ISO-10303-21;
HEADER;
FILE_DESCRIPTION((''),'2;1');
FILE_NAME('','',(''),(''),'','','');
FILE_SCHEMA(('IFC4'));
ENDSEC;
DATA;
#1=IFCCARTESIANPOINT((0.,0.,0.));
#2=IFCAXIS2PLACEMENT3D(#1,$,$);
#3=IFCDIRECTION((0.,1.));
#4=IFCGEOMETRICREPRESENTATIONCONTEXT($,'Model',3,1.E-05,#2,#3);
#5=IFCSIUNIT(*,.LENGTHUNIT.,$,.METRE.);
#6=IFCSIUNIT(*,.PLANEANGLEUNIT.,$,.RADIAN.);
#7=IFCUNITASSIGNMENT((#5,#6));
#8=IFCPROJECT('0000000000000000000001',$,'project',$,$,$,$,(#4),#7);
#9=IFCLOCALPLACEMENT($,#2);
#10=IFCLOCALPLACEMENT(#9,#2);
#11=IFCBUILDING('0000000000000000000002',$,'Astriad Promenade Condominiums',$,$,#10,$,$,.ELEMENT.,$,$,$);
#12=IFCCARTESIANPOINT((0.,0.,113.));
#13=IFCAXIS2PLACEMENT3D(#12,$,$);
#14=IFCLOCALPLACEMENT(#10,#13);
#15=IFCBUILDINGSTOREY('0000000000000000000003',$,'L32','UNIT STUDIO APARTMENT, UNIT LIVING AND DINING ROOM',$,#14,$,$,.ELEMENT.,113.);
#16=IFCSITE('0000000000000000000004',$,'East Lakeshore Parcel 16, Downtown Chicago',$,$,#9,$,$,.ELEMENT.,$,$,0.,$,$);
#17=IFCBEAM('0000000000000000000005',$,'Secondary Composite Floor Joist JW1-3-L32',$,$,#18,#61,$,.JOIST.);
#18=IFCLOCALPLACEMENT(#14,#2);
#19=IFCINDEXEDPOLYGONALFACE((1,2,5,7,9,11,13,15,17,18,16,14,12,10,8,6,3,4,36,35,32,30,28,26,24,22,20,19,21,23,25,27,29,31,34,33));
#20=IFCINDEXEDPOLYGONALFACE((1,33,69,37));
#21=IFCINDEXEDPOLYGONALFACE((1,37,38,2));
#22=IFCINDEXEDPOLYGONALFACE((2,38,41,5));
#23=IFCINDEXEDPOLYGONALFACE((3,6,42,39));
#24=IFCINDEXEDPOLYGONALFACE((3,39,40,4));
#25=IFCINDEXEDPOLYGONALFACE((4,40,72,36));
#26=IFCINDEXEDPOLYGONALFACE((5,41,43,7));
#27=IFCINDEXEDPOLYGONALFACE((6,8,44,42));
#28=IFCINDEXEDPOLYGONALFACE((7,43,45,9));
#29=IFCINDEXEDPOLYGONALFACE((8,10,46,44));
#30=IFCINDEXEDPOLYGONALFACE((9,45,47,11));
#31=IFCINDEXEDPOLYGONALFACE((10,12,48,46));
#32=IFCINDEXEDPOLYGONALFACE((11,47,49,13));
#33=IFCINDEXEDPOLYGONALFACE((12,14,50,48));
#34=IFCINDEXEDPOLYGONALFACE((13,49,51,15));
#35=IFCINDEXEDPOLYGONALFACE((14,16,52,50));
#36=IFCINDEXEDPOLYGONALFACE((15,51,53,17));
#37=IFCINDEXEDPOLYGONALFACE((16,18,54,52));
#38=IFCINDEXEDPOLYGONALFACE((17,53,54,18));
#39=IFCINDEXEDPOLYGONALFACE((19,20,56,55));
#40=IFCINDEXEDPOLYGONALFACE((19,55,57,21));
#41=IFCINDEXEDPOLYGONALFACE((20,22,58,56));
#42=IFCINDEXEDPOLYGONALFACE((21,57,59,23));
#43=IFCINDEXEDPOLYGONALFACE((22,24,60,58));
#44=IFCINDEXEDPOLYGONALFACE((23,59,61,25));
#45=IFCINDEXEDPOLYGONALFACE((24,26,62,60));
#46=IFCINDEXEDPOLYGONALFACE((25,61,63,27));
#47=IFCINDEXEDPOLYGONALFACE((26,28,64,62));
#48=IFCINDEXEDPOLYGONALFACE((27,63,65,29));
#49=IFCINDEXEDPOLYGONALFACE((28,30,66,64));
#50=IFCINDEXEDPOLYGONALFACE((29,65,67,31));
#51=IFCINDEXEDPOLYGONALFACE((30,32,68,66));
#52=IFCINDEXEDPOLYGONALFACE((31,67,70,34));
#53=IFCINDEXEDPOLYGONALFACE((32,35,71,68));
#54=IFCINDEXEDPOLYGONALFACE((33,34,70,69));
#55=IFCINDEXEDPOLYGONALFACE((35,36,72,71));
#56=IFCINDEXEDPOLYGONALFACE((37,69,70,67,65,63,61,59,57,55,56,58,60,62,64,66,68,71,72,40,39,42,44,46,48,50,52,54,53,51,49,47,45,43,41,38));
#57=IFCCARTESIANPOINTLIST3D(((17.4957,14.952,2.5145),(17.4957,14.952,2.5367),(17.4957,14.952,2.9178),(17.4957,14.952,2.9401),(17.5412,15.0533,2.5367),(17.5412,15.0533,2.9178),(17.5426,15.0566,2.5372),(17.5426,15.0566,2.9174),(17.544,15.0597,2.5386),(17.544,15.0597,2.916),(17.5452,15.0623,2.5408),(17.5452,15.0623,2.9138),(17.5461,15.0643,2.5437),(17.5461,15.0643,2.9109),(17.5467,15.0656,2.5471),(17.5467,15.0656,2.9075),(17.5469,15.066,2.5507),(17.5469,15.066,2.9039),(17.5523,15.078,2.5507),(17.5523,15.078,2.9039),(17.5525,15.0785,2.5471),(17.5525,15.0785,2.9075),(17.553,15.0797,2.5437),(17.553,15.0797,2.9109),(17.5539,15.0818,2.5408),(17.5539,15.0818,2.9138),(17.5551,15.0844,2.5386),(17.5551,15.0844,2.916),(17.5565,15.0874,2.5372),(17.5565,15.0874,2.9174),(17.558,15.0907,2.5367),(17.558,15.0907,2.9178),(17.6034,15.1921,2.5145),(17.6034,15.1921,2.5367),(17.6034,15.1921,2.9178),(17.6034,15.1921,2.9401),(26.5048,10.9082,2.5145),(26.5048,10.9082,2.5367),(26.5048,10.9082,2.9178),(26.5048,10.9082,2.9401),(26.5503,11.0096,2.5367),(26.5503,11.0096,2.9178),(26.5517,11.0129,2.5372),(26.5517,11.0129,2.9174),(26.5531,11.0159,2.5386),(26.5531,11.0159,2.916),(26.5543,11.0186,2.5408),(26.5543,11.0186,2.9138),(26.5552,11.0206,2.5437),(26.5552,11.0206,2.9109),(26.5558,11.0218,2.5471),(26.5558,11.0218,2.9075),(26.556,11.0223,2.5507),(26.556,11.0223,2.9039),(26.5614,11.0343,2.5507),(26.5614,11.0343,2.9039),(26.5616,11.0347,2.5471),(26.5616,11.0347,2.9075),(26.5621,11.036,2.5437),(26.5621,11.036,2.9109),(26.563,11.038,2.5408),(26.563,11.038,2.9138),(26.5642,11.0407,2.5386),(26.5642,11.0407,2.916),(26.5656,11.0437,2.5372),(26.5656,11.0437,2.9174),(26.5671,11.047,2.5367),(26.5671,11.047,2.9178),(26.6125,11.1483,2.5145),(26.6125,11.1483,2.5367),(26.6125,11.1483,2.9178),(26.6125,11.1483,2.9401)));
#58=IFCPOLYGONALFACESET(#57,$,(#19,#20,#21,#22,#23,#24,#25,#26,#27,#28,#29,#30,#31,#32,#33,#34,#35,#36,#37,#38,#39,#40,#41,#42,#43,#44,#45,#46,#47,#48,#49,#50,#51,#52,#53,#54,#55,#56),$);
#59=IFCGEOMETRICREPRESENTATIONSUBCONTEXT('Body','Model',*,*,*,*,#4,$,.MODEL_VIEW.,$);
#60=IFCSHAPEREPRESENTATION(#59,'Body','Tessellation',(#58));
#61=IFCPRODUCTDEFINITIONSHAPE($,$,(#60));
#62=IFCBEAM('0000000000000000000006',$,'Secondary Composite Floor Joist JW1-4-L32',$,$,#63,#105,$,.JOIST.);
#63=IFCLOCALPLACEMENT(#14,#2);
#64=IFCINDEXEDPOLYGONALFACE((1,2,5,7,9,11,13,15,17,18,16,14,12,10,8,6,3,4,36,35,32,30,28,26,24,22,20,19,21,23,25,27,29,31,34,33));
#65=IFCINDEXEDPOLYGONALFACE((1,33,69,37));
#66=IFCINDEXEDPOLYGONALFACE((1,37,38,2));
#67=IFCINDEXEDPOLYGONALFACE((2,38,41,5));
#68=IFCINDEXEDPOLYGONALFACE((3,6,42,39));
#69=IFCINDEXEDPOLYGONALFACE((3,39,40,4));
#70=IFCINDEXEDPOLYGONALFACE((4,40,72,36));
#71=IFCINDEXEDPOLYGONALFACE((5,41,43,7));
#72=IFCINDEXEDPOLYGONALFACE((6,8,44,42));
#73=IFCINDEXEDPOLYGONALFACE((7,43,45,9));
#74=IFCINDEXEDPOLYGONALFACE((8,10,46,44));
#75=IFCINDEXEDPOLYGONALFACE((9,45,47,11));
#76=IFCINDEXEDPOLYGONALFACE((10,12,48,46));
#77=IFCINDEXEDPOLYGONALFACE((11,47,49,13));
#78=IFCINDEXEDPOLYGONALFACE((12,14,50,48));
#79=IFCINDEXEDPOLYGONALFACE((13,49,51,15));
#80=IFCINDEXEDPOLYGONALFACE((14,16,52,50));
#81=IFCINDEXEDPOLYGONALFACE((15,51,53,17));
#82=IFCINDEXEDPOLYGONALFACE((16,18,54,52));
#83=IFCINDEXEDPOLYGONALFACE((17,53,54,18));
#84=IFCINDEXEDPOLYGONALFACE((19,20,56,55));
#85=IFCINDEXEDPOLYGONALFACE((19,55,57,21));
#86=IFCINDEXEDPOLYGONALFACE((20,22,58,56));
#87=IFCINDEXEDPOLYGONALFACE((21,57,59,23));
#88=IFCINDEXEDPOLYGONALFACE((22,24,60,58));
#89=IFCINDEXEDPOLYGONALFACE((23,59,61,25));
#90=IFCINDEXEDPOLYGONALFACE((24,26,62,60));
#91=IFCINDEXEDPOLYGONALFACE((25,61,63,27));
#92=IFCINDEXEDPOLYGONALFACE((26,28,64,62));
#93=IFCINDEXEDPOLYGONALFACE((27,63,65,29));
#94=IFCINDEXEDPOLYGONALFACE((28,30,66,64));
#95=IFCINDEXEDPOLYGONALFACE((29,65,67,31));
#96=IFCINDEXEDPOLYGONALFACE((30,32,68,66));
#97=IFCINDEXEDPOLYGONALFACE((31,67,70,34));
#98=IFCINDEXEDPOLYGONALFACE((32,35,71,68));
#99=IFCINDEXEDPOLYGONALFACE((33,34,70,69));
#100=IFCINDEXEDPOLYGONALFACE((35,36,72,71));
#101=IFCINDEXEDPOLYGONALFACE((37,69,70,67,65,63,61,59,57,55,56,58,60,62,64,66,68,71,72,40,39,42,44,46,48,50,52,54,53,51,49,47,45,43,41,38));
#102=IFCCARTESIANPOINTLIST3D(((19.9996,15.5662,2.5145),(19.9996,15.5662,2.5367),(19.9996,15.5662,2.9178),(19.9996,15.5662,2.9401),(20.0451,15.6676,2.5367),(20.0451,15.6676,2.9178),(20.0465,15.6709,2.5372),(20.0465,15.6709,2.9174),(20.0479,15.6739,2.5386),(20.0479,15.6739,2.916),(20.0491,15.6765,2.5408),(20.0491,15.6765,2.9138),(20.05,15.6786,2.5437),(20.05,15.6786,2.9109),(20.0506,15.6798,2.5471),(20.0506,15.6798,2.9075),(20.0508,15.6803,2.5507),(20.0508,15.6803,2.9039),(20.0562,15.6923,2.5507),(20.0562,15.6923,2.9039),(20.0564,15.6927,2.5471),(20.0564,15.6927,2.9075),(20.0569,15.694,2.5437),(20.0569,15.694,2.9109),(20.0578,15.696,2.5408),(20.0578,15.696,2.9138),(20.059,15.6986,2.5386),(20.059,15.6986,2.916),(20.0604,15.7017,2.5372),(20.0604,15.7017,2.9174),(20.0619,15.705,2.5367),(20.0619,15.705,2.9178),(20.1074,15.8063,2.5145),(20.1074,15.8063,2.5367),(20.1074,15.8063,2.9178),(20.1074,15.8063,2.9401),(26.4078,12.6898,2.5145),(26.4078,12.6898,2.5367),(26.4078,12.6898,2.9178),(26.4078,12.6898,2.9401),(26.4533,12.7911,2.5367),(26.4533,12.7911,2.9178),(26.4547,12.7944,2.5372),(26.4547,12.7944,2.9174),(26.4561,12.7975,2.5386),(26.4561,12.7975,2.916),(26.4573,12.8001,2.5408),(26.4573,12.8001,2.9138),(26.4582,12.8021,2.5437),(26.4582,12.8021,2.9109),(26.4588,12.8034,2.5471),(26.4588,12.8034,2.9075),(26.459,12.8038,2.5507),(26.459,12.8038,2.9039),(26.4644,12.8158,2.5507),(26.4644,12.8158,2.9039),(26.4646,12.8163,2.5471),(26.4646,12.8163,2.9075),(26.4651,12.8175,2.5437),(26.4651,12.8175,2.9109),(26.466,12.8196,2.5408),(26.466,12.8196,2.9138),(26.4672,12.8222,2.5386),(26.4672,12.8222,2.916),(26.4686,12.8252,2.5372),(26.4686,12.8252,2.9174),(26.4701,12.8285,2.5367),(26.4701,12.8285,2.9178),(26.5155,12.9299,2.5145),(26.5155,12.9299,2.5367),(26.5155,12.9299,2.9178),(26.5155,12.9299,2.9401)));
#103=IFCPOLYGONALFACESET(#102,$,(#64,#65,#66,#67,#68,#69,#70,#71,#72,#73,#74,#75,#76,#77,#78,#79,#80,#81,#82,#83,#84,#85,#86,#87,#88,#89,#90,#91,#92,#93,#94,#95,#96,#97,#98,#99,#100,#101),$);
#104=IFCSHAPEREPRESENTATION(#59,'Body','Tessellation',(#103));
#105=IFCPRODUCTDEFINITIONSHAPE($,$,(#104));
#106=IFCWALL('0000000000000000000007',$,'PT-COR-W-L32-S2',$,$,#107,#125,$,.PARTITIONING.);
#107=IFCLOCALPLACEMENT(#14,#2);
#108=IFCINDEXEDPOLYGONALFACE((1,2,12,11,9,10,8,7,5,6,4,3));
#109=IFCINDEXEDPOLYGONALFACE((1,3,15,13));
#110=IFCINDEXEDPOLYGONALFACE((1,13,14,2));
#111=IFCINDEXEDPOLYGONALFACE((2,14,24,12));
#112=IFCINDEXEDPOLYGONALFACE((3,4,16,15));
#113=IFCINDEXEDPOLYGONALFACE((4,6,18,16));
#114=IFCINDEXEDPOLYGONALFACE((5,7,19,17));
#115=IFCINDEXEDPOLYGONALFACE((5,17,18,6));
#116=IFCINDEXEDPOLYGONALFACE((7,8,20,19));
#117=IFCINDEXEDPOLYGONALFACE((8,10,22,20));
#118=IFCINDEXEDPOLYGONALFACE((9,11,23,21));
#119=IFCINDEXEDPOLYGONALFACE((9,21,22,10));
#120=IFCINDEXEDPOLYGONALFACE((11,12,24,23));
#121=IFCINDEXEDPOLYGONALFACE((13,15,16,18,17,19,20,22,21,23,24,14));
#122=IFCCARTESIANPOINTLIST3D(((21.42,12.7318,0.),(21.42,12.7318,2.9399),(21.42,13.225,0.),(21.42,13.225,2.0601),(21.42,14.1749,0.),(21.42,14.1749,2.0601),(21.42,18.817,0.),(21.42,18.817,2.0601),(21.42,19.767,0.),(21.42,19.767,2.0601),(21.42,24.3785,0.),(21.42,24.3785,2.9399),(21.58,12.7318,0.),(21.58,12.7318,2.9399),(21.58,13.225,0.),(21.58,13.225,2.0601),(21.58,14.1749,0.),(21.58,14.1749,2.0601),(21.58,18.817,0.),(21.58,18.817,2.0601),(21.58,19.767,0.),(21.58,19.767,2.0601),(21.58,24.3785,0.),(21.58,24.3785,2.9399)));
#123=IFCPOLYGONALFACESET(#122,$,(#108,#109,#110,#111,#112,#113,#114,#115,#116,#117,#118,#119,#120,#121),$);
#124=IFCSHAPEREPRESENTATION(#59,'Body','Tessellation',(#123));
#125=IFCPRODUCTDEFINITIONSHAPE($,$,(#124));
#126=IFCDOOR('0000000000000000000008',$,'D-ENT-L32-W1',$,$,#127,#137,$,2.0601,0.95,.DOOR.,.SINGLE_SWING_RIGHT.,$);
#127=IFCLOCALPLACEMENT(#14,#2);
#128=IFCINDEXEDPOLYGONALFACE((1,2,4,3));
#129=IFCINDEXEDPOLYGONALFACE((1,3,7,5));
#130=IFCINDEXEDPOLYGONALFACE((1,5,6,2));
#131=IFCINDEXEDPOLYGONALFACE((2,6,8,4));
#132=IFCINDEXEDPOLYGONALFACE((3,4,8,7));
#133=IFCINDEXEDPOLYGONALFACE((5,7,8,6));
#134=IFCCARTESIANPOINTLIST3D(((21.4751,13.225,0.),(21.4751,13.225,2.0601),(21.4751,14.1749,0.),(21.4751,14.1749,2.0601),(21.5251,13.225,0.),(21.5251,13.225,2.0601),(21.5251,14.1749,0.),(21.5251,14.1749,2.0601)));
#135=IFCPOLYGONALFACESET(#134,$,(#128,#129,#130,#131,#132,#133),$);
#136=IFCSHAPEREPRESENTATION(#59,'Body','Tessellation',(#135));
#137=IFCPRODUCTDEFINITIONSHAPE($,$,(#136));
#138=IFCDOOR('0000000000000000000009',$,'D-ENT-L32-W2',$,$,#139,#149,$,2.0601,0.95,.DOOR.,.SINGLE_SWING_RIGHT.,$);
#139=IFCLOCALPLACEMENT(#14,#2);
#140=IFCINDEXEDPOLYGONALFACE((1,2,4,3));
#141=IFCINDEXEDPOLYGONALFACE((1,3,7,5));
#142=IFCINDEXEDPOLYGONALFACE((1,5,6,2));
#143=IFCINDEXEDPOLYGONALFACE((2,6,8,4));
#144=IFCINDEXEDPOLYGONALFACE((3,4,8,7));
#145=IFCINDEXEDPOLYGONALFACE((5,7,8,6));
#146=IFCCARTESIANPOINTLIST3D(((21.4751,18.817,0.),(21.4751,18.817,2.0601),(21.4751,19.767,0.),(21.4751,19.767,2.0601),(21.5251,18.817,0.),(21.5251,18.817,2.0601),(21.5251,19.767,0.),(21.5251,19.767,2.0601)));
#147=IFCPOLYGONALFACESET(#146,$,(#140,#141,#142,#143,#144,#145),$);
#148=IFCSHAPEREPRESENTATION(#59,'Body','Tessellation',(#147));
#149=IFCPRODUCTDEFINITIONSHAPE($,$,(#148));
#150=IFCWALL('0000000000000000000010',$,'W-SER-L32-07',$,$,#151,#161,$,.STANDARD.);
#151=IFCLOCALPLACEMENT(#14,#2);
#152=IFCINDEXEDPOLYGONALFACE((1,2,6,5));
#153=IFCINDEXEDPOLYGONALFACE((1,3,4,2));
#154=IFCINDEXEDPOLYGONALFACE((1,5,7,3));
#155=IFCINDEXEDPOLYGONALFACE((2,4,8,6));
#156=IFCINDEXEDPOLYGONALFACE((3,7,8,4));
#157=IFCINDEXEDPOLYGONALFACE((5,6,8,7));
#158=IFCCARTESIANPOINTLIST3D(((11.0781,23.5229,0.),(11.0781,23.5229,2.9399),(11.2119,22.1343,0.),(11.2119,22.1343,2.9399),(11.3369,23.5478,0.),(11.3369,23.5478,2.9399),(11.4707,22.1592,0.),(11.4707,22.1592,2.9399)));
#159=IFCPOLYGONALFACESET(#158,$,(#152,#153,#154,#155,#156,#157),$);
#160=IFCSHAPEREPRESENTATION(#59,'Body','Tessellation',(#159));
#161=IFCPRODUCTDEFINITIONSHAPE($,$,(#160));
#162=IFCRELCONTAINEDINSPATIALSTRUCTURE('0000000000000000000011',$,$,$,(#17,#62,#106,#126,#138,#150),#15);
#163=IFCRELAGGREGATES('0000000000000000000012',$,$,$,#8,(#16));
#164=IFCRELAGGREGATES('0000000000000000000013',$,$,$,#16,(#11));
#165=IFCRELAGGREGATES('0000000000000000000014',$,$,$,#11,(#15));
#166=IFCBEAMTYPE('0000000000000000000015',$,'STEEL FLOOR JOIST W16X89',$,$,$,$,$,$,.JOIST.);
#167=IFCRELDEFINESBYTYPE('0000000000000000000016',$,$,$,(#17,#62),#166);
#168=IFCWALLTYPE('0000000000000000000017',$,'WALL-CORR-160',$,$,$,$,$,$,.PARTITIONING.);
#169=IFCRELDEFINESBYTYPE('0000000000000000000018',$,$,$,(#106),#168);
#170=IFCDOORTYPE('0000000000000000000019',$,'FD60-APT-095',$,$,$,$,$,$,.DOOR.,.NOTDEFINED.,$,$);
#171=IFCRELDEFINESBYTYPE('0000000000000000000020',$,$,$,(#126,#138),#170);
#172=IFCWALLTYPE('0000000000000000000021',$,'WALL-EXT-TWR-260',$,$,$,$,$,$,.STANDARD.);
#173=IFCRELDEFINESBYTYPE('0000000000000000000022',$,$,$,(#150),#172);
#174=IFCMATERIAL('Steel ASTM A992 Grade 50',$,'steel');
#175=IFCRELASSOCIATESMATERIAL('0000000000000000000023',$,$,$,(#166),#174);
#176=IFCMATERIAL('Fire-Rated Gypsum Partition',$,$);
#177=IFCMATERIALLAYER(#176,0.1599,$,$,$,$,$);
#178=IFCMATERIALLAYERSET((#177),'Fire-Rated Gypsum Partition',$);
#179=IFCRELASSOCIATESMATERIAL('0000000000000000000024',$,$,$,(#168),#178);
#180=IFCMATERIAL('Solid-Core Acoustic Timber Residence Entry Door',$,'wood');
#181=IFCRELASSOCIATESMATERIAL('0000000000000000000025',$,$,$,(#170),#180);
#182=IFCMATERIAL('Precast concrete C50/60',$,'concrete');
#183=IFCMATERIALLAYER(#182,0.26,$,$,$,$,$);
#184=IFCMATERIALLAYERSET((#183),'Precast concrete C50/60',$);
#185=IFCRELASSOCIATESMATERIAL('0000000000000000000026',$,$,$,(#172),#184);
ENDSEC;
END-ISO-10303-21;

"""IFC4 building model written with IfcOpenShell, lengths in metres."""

from ifc_helpers import new_model, si_unit, direction, frame, frame_2d, origin, origin_2d, place, context, subcontext, project, spatial, rectangle, i_section, extrude, source, transform, mapped, material, layer, layer_set, material_profile, profile_set, type_object, type_shapes, element, fill, save


model = new_model("IFC4")

# Units and contexts
model_context = context("Model", 3, precision=1e-05, world=origin(), true_north=direction((0.0, 1.0)))
body_context = subcontext(model_context, "Body", "Model", "MODEL_VIEW")
ifc_project = project(units=[si_unit("LENGTHUNIT", "METRE"), si_unit("PLANEANGLEUNIT", "RADIAN")], contexts=[model_context])

# Site, building, storey
site_placement = place(None, origin())
site = spatial("IfcSite", under=ifc_project, at=site_placement, Name="East Lakeshore Parcel 16, Downtown Chicago", CompositionType="ELEMENT", RefElevation=0.0)
building_placement = place(site_placement, origin())
building = spatial("IfcBuilding", under=site, at=building_placement, Name="Astriad Promenade Condominiums", CompositionType="ELEMENT")
storey_placement = place(building_placement, frame((0.0, 0.0, 113.0)))
storey = spatial("IfcBuildingStorey", under=building, at=storey_placement, Name="L32", Description="UNIT STUDIO APARTMENT, UNIT LIVING AND DINING ROOM", CompositionType="ELEMENT", Elevation=113.0)

# Beams
ifc_material_1 = material(Name="Steel ASTM A992 Grade 50", Category="steel")
ifc_material_profile_1 = material_profile(ifc_material_1, i_section(OverallWidth=0.2632, OverallDepth=0.4255, WebThickness=0.0132, FlangeThickness=0.0222, FilletRadius=0.0139, at=origin_2d()), Name="W16X89")
ifc_profile_set_1 = profile_set([ifc_material_profile_1], Name="Steel ASTM A992 Grade 50")
beam_type_1 = type_object("IfcBeamType", Name="STEEL FLOOR JOIST W16X89", PredefinedType="JOIST", material=ifc_profile_set_1)
shared_shape_1 = source(origin(), body_context, "Body", "SweptSolid", [
    extrude(i_section(OverallWidth=0.2632, OverallDepth=0.4255, WebThickness=0.0132, FlangeThickness=0.0222, FilletRadius=0.0139, at=origin_2d()), origin(), (0.0, 0.0, 1.0), 9.875),
])
beam_1_placement = place(storey_placement, frame((17.5496, 15.072, 2.7273), z_axis=(0.912314, -0.409492, 0.0), x_axis=(0.409492, 0.912314, 0.0)))
element("IfcBeam", 1, at=beam_1_placement, inside=storey, type_object=beam_type_1, Name="Secondary Composite Floor Joist JW1-3-L32", PredefinedType="JOIST", context=body_context, shape_type="MappedRepresentation", body=[
    mapped(shared_shape_1, transform((0.0, 0.0, 0.0), scale=1.0)),
])
shared_shape_2 = source(origin(), body_context, "Body", "SweptSolid", [
    extrude(i_section(OverallWidth=0.2632, OverallDepth=0.4255, WebThickness=0.0132, FlangeThickness=0.0222, FilletRadius=0.0139, at=origin_2d()), origin(), (0.0, 0.0, 1.0), 7.0242),
])
beam_2_placement = place(storey_placement, frame((20.0535, 15.6863, 2.7273), z_axis=(0.912306, -0.409509, 0.0), x_axis=(0.409509, 0.912306, 0.0)))
element("IfcBeam", 2, at=beam_2_placement, inside=storey, type_object=beam_type_1, Name="Secondary Composite Floor Joist JW1-4-L32", PredefinedType="JOIST", context=body_context, shape_type="MappedRepresentation", body=[
    mapped(shared_shape_2, transform((0.0, 0.0, 0.0), scale=1.0)),
])

# Wall, openings, doors
ifc_material_2 = material(Name="Fire-Rated Gypsum Partition")
ifc_layer_1 = layer(ifc_material_2, 0.1599)
ifc_layer_set_1 = layer_set([ifc_layer_1], Name="Fire-Rated Gypsum Partition")
wall_type_1 = type_object("IfcWallType", Name="WALL-CORR-160", PredefinedType="PARTITIONING", material=ifc_layer_set_1)
wall_1_placement = place(storey_placement, frame((21.5, 12.7319, 0.0), z_axis=(0.0, 0.0, 1.0), x_axis=(0.0, 1.0, 0.0)))
wall_1 = element("IfcWall", 3, at=wall_1_placement, inside=storey, type_object=wall_type_1, Name="PT-COR-W-L32-S2", PredefinedType="PARTITIONING", context=body_context, shape_type="SweptSolid", body=[
    extrude(rectangle(XDim=11.6467, YDim=0.1599, at=frame_2d((5.8232, 0.0))), origin(), (0.0, 0.0, 1.0), 2.9399),
])
opening_1_placement = place(wall_1_placement, frame((0.4929, 0.0, 0.0)))
opening_1 = element("IfcOpeningElement", 4, at=opening_1_placement, cuts=wall_1, PredefinedType="OPENING", context=body_context, shape_type="SweptSolid", body=[
    extrude(rectangle(XDim=0.95, YDim=2.0601, at=frame_2d((0.4751, 1.03))), frame((0.0, 0.0898, 0.0), z_axis=(0.0, -1.0, 0.0), x_axis=(1.0, 0.0, 0.0)), (0.0, 0.0, 1.0), 0.1799),
])
opening_2_placement = place(wall_1_placement, frame((6.085, 0.0, 0.0)))
opening_2 = element("IfcOpeningElement", 5, at=opening_2_placement, cuts=wall_1, PredefinedType="OPENING", context=body_context, shape_type="SweptSolid", body=[
    extrude(rectangle(XDim=0.95, YDim=2.0601, at=frame_2d((0.4751, 1.03))), frame((0.0, 0.0898, 0.0), z_axis=(0.0, -1.0, 0.0), x_axis=(1.0, 0.0, 0.0)), (0.0, 0.0, 1.0), 0.1799),
])
ifc_material_3 = material(Name="Solid-Core Acoustic Timber Residence Entry Door", Category="wood")
door_type_1 = type_object("IfcDoorType", Name="FD60-APT-095", OperationType="NOTDEFINED", PredefinedType="DOOR", material=ifc_material_3)
shared_shape_3 = source(origin(), body_context, "Body", "SweptSolid", [
    extrude(rectangle(XDim=0.95, YDim=2.0601, at=frame_2d((0.4751, 1.03))), frame((0.0, 0.0249, 0.0), z_axis=(0.0, -1.0, 0.0), x_axis=(1.0, 0.0, 0.0)), (0.0, 0.0, 1.0), 0.05),
])
type_shapes(door_type_1, [shared_shape_3])
door_1_placement = place(opening_1_placement, origin())
door_1 = element("IfcDoor", 6, at=door_1_placement, inside=storey, type_object=door_type_1, Name="D-ENT-L32-W1", OperationType="SINGLE_SWING_RIGHT", OverallHeight=2.0601, OverallWidth=0.95, PredefinedType="DOOR", context=body_context, shape_type="MappedRepresentation", body=[
    mapped(shared_shape_3, transform((0.0, 0.0, 0.0), scale=1.0)),
])
fill(opening_1, door_1)
door_2_placement = place(opening_2_placement, origin())
door_2 = element("IfcDoor", 7, at=door_2_placement, inside=storey, type_object=door_type_1, Name="D-ENT-L32-W2", OperationType="SINGLE_SWING_RIGHT", OverallHeight=2.0601, OverallWidth=0.95, PredefinedType="DOOR", context=body_context, shape_type="MappedRepresentation", body=[
    mapped(shared_shape_3, transform((0.0, 0.0, 0.0), scale=1.0)),
])
fill(opening_2, door_2)

# Wall
ifc_material_4 = material(Name="Precast concrete C50/60", Category="concrete")
ifc_layer_2 = layer(ifc_material_4, 0.26)
ifc_layer_set_2 = layer_set([ifc_layer_2], Name="Precast concrete C50/60")
wall_type_2 = type_object("IfcWallType", Name="WALL-EXT-TWR-260", PredefinedType="STANDARD", material=ifc_layer_set_2)
wall_2_placement = place(storey_placement, frame((11.3413, 22.1467, 0.0), z_axis=(0.0, 0.0, 1.0), x_axis=(-0.095899, 0.995391, 0.0)))
element("IfcWall", 8, at=wall_2_placement, inside=storey, type_object=wall_type_2, Name="W-SER-L32-07", PredefinedType="STANDARD", context=body_context, shape_type="SweptSolid", body=[
    extrude(rectangle(XDim=1.395, YDim=0.26, at=frame_2d((0.6975, 0.0))), origin(), (0.0, 0.0, 1.0), 2.9399),
])

save(model, "model.ifc")
